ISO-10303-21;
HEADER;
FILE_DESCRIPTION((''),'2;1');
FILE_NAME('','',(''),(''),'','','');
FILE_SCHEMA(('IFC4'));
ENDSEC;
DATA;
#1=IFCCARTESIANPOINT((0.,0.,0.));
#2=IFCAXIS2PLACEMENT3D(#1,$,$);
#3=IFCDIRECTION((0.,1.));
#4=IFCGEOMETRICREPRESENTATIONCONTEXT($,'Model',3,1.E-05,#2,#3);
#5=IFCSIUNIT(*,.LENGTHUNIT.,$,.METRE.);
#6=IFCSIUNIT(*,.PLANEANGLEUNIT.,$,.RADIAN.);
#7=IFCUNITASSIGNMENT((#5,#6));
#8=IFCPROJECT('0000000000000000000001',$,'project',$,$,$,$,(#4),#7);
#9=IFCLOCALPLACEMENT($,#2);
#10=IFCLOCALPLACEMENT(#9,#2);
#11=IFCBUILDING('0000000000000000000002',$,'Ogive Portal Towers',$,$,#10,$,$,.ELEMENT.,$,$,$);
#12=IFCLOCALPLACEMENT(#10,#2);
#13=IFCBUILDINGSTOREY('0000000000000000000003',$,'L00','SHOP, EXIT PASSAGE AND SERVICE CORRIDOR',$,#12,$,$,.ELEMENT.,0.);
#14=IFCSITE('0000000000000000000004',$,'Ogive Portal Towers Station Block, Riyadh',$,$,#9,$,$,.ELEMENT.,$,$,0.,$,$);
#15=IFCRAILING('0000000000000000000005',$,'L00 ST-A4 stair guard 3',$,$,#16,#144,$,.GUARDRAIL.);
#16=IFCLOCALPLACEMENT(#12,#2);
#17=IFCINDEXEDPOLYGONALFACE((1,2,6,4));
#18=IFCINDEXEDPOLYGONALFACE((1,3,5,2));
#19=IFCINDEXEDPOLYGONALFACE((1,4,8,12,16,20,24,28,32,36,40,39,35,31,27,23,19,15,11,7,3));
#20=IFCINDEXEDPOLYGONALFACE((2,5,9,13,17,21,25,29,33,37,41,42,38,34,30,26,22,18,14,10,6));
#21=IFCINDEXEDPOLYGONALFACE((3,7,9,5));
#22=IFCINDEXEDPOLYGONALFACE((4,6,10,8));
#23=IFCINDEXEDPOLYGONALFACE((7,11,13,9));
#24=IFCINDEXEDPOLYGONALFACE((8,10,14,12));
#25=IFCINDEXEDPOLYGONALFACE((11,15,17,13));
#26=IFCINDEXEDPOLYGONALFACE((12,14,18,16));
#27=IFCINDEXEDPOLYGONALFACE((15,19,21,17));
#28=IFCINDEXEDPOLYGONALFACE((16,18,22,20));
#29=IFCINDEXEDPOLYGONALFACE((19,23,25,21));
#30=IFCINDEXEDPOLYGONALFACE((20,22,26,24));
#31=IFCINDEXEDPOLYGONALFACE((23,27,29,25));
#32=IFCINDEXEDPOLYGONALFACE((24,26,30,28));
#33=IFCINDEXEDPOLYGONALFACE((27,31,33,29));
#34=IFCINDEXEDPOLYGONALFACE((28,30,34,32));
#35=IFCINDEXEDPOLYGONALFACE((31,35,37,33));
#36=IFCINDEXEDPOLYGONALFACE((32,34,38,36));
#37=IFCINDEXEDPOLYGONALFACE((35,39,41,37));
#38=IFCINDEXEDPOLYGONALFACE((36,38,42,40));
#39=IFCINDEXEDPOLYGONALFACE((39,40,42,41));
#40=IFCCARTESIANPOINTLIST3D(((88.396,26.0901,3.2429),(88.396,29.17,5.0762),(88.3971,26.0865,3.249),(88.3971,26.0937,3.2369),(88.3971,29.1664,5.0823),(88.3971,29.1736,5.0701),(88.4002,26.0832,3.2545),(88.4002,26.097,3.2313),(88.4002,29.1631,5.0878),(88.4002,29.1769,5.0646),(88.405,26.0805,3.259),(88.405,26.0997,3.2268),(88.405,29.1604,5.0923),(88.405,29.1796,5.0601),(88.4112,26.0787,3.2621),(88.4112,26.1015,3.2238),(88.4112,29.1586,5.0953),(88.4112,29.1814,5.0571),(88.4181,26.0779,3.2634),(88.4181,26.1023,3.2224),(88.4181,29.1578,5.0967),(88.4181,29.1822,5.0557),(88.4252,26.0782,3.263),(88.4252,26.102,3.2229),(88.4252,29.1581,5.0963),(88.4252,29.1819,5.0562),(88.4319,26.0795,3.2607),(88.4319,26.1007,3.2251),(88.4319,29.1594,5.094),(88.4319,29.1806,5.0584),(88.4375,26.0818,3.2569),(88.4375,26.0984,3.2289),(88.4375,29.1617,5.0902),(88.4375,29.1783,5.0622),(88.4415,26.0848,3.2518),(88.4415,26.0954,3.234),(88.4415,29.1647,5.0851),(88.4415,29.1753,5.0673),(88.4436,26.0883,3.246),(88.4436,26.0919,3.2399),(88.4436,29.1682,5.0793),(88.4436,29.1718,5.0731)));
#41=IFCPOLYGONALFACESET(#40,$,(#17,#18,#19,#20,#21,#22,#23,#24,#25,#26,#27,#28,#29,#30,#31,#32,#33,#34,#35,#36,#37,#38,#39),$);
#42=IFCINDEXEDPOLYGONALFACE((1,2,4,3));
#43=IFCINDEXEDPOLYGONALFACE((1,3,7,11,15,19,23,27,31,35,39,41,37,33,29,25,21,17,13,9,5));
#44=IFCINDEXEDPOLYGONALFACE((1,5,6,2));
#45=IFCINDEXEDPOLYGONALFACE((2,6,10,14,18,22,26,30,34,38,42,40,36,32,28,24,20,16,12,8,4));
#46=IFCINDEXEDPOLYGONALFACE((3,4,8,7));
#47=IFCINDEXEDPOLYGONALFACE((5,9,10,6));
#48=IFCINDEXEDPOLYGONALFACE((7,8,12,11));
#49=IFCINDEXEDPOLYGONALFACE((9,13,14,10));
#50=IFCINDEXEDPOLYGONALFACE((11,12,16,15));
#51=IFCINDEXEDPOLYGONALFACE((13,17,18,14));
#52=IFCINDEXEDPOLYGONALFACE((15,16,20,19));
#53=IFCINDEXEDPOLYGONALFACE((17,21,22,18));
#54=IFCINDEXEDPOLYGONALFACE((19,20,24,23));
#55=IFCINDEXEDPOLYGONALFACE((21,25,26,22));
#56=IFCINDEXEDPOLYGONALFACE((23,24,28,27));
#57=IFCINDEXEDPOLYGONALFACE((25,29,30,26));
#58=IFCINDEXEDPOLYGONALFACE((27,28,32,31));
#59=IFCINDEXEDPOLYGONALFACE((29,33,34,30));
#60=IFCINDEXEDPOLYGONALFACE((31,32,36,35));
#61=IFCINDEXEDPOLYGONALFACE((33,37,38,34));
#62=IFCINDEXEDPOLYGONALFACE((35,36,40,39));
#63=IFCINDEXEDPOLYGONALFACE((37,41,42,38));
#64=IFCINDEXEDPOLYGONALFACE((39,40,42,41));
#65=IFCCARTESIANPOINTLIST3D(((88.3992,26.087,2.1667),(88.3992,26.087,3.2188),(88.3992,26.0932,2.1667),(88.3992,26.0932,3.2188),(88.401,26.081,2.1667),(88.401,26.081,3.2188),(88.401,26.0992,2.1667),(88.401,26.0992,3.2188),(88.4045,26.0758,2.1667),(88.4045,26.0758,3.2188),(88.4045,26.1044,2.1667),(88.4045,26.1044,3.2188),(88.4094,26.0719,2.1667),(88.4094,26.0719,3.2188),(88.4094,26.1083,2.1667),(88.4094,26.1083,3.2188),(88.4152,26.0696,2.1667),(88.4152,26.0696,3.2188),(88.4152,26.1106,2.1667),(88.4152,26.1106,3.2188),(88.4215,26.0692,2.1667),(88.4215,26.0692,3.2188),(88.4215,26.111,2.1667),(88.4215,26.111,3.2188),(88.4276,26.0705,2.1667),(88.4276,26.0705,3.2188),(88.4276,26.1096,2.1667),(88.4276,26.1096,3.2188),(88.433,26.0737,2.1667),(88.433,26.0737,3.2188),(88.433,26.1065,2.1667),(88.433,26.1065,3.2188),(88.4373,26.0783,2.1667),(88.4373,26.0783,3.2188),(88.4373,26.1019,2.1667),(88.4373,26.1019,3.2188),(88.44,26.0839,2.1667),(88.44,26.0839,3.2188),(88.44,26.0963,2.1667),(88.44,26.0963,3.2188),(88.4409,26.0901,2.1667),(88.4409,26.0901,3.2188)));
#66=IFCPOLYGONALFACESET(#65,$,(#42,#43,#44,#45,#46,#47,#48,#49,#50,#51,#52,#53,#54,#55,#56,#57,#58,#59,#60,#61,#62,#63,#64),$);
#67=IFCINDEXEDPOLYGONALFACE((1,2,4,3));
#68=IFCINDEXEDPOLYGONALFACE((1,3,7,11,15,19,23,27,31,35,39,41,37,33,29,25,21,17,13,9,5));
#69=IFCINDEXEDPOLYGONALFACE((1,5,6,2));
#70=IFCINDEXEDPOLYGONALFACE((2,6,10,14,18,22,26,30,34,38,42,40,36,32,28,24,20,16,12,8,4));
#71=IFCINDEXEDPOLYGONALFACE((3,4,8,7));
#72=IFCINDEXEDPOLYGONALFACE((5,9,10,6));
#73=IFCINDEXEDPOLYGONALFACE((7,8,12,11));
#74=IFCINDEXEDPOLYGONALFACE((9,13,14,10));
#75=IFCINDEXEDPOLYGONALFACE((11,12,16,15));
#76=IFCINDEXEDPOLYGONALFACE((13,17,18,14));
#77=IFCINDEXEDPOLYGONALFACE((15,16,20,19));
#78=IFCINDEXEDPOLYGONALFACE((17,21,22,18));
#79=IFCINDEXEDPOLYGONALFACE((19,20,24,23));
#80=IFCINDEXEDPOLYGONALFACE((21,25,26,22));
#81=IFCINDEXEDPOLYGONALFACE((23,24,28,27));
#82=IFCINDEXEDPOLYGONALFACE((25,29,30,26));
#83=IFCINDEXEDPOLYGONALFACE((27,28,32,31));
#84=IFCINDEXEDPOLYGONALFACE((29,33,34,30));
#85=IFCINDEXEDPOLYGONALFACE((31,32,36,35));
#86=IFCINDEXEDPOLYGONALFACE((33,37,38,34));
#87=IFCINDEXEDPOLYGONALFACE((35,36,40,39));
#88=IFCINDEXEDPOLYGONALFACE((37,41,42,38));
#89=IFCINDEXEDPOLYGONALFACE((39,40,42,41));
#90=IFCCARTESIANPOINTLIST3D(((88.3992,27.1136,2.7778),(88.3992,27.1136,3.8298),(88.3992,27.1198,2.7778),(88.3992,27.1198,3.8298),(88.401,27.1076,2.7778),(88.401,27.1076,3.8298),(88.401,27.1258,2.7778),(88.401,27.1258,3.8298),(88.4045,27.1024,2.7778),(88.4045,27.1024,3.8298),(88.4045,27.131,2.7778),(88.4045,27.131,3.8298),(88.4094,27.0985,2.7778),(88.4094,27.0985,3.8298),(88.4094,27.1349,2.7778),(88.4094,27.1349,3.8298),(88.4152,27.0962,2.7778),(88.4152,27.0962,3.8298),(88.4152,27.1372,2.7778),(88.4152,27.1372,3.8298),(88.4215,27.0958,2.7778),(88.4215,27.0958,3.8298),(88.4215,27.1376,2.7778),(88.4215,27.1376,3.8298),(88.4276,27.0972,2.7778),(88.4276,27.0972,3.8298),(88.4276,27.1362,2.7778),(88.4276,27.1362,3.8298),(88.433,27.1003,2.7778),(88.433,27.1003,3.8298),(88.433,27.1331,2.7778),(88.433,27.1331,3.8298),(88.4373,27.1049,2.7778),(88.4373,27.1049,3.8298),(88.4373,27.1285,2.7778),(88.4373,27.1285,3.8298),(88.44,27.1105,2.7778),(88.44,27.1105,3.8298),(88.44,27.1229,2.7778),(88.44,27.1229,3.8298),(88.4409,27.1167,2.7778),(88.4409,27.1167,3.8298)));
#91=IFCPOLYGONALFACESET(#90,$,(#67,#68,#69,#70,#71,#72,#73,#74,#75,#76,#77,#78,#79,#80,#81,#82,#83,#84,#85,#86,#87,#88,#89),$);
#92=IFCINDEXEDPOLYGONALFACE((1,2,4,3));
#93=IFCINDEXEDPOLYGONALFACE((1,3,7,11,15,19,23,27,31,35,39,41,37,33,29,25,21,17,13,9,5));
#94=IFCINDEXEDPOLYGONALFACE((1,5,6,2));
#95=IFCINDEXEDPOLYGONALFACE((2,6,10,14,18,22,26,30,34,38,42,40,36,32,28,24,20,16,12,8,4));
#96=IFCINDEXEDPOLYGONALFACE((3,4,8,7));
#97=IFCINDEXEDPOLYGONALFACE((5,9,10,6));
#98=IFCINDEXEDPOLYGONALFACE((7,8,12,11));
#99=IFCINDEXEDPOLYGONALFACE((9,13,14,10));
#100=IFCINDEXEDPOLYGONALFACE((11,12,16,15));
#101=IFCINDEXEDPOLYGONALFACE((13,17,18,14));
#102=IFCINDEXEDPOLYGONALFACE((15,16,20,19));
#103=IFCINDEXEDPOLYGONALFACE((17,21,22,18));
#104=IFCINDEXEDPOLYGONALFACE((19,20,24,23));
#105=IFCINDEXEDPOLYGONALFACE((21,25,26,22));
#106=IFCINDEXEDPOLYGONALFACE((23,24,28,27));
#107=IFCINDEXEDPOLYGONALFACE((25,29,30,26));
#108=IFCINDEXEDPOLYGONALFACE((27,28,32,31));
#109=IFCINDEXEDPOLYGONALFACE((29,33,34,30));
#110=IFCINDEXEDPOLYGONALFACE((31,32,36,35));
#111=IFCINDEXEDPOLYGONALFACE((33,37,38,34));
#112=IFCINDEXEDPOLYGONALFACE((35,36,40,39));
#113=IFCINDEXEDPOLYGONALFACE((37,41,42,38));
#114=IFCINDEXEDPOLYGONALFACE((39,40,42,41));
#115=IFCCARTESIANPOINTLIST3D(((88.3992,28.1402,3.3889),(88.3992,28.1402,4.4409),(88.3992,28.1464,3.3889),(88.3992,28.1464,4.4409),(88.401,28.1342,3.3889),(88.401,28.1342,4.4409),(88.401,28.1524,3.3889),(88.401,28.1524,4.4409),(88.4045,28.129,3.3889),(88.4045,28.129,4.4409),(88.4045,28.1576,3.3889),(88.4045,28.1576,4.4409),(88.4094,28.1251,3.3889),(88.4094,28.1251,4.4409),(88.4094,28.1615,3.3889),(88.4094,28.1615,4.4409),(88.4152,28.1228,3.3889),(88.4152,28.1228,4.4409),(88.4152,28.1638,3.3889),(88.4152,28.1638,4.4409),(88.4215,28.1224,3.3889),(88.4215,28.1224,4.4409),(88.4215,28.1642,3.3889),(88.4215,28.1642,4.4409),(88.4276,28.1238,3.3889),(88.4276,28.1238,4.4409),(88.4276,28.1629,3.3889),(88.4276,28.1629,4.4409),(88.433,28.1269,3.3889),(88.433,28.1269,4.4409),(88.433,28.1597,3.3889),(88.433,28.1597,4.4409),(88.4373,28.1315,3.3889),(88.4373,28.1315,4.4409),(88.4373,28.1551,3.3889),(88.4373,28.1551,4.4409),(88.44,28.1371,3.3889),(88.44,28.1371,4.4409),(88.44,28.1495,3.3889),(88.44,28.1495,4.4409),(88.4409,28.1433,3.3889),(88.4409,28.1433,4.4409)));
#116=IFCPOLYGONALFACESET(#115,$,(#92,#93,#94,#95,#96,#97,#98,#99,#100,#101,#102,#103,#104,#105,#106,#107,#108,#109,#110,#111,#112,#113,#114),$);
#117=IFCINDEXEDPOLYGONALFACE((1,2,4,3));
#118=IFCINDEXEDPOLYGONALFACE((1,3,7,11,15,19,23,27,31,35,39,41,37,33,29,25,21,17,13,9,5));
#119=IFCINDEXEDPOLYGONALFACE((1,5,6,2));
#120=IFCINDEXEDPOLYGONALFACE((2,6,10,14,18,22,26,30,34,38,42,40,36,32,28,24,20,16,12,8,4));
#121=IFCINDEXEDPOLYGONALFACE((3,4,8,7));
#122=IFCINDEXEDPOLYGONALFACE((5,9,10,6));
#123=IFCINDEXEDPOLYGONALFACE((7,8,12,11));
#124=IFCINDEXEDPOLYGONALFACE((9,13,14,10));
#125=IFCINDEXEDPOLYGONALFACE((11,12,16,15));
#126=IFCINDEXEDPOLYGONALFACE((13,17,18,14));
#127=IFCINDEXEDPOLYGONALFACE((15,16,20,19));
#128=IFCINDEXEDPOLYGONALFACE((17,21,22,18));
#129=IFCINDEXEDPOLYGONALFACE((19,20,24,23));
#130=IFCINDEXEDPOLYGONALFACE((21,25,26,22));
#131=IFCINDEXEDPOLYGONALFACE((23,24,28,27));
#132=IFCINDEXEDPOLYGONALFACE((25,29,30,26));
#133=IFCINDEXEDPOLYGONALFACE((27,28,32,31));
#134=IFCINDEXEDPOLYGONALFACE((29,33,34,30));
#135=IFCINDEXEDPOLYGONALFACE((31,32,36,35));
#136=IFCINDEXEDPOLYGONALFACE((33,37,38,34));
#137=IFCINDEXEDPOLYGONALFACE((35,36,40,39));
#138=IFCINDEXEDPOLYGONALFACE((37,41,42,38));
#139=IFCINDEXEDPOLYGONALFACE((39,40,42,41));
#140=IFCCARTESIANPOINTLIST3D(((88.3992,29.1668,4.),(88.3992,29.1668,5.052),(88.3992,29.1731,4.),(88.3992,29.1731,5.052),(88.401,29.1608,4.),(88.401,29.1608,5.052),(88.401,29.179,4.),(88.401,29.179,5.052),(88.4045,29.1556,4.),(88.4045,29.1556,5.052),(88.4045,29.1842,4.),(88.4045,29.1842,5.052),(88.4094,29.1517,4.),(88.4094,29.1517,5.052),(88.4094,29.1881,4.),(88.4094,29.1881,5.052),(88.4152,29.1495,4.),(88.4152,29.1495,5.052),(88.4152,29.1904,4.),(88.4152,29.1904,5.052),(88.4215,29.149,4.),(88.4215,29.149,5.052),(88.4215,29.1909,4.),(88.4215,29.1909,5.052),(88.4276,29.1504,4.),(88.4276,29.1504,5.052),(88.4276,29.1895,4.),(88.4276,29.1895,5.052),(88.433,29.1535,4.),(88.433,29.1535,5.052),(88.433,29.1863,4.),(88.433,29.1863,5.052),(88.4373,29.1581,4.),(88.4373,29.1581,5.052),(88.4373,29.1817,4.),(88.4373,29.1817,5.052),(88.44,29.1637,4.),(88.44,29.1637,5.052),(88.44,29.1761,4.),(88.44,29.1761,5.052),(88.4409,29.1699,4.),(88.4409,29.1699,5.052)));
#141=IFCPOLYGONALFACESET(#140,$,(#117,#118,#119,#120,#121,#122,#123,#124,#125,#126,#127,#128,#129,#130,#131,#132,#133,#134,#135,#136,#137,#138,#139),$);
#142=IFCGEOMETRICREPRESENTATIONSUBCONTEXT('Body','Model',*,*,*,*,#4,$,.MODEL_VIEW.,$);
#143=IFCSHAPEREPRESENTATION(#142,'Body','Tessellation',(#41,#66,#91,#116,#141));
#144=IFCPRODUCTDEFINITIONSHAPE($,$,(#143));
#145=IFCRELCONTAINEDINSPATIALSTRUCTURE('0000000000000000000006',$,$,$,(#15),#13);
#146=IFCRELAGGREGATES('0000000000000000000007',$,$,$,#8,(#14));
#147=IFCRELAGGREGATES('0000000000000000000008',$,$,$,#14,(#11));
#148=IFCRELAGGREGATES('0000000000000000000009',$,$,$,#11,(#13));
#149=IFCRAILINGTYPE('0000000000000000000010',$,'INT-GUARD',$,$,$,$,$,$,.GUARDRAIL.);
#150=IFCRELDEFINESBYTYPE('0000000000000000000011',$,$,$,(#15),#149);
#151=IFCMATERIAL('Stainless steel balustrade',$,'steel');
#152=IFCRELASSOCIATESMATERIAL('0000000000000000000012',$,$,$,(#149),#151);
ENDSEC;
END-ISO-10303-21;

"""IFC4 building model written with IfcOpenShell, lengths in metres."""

from ifc_helpers import new_model, si_unit, direction, frame, origin, origin_2d, place, context, subcontext, project, spatial, circle, extrude, material, type_object, element, save


model = new_model("IFC4")

# Units and contexts
model_context = context("Model", 3, precision=1e-05, world=origin(), true_north=direction((0.0, 1.0)))
body_context = subcontext(model_context, "Body", "Model", "MODEL_VIEW")
ifc_project = project(units=[si_unit("LENGTHUNIT", "METRE"), si_unit("PLANEANGLEUNIT", "RADIAN")], contexts=[model_context])

# Site, building, storey
site_placement = place(None, origin())
site = spatial("IfcSite", under=ifc_project, at=site_placement, Name="Ogive Portal Towers Station Block, Riyadh", CompositionType="ELEMENT", RefElevation=0.0)
building_placement = place(site_placement, origin())
building = spatial("IfcBuilding", under=site, at=building_placement, Name="Ogive Portal Towers", CompositionType="ELEMENT")
storey_placement = place(building_placement, origin())
storey = spatial("IfcBuildingStorey", under=building, at=storey_placement, Name="L00", Description="SHOP, EXIT PASSAGE AND SERVICE CORRIDOR", CompositionType="ELEMENT", Elevation=0.0)

# Railing
ifc_material_1 = material(Name="Stainless steel balustrade", Category="steel")
railing_type = type_object("IfcRailingType", Name="INT-GUARD", PredefinedType="GUARDRAIL", material=ifc_material_1)
railing_1_placement = place(storey_placement, frame((88.4199, 26.0901, 2.1667)))
element("IfcRailing", 1, at=railing_1_placement, inside=storey, type_object=railing_type, Name="L00 ST-A4 stair guard 3", PredefinedType="GUARDRAIL", context=body_context, shape_type="SweptSolid", body=[
    extrude(circle(Radius=0.0239, at=origin_2d()), frame((0.0, 0.0, 1.0762), z_axis=(0.0, 0.859291, 0.511487), x_axis=(-1.0, 0.0, 0.0)), (0.0, 0.0, 1.0), 3.5842),
    extrude(circle(Radius=0.021, at=origin_2d()), origin(), (0.0, 0.0, 1.0), 1.052),
    extrude(circle(Radius=0.021, at=origin_2d()), frame((0.0, 1.0266, 0.6111)), (0.0, 0.0, 1.0), 1.052),
    extrude(circle(Radius=0.021, at=origin_2d()), frame((0.0, 2.0532, 1.2222)), (0.0, 0.0, 1.0), 1.052),
    extrude(circle(Radius=0.021, at=origin_2d()), frame((0.0, 3.0798, 1.8333)), (0.0, 0.0, 1.0), 1.052),
])

save(model, "model.ifc")
